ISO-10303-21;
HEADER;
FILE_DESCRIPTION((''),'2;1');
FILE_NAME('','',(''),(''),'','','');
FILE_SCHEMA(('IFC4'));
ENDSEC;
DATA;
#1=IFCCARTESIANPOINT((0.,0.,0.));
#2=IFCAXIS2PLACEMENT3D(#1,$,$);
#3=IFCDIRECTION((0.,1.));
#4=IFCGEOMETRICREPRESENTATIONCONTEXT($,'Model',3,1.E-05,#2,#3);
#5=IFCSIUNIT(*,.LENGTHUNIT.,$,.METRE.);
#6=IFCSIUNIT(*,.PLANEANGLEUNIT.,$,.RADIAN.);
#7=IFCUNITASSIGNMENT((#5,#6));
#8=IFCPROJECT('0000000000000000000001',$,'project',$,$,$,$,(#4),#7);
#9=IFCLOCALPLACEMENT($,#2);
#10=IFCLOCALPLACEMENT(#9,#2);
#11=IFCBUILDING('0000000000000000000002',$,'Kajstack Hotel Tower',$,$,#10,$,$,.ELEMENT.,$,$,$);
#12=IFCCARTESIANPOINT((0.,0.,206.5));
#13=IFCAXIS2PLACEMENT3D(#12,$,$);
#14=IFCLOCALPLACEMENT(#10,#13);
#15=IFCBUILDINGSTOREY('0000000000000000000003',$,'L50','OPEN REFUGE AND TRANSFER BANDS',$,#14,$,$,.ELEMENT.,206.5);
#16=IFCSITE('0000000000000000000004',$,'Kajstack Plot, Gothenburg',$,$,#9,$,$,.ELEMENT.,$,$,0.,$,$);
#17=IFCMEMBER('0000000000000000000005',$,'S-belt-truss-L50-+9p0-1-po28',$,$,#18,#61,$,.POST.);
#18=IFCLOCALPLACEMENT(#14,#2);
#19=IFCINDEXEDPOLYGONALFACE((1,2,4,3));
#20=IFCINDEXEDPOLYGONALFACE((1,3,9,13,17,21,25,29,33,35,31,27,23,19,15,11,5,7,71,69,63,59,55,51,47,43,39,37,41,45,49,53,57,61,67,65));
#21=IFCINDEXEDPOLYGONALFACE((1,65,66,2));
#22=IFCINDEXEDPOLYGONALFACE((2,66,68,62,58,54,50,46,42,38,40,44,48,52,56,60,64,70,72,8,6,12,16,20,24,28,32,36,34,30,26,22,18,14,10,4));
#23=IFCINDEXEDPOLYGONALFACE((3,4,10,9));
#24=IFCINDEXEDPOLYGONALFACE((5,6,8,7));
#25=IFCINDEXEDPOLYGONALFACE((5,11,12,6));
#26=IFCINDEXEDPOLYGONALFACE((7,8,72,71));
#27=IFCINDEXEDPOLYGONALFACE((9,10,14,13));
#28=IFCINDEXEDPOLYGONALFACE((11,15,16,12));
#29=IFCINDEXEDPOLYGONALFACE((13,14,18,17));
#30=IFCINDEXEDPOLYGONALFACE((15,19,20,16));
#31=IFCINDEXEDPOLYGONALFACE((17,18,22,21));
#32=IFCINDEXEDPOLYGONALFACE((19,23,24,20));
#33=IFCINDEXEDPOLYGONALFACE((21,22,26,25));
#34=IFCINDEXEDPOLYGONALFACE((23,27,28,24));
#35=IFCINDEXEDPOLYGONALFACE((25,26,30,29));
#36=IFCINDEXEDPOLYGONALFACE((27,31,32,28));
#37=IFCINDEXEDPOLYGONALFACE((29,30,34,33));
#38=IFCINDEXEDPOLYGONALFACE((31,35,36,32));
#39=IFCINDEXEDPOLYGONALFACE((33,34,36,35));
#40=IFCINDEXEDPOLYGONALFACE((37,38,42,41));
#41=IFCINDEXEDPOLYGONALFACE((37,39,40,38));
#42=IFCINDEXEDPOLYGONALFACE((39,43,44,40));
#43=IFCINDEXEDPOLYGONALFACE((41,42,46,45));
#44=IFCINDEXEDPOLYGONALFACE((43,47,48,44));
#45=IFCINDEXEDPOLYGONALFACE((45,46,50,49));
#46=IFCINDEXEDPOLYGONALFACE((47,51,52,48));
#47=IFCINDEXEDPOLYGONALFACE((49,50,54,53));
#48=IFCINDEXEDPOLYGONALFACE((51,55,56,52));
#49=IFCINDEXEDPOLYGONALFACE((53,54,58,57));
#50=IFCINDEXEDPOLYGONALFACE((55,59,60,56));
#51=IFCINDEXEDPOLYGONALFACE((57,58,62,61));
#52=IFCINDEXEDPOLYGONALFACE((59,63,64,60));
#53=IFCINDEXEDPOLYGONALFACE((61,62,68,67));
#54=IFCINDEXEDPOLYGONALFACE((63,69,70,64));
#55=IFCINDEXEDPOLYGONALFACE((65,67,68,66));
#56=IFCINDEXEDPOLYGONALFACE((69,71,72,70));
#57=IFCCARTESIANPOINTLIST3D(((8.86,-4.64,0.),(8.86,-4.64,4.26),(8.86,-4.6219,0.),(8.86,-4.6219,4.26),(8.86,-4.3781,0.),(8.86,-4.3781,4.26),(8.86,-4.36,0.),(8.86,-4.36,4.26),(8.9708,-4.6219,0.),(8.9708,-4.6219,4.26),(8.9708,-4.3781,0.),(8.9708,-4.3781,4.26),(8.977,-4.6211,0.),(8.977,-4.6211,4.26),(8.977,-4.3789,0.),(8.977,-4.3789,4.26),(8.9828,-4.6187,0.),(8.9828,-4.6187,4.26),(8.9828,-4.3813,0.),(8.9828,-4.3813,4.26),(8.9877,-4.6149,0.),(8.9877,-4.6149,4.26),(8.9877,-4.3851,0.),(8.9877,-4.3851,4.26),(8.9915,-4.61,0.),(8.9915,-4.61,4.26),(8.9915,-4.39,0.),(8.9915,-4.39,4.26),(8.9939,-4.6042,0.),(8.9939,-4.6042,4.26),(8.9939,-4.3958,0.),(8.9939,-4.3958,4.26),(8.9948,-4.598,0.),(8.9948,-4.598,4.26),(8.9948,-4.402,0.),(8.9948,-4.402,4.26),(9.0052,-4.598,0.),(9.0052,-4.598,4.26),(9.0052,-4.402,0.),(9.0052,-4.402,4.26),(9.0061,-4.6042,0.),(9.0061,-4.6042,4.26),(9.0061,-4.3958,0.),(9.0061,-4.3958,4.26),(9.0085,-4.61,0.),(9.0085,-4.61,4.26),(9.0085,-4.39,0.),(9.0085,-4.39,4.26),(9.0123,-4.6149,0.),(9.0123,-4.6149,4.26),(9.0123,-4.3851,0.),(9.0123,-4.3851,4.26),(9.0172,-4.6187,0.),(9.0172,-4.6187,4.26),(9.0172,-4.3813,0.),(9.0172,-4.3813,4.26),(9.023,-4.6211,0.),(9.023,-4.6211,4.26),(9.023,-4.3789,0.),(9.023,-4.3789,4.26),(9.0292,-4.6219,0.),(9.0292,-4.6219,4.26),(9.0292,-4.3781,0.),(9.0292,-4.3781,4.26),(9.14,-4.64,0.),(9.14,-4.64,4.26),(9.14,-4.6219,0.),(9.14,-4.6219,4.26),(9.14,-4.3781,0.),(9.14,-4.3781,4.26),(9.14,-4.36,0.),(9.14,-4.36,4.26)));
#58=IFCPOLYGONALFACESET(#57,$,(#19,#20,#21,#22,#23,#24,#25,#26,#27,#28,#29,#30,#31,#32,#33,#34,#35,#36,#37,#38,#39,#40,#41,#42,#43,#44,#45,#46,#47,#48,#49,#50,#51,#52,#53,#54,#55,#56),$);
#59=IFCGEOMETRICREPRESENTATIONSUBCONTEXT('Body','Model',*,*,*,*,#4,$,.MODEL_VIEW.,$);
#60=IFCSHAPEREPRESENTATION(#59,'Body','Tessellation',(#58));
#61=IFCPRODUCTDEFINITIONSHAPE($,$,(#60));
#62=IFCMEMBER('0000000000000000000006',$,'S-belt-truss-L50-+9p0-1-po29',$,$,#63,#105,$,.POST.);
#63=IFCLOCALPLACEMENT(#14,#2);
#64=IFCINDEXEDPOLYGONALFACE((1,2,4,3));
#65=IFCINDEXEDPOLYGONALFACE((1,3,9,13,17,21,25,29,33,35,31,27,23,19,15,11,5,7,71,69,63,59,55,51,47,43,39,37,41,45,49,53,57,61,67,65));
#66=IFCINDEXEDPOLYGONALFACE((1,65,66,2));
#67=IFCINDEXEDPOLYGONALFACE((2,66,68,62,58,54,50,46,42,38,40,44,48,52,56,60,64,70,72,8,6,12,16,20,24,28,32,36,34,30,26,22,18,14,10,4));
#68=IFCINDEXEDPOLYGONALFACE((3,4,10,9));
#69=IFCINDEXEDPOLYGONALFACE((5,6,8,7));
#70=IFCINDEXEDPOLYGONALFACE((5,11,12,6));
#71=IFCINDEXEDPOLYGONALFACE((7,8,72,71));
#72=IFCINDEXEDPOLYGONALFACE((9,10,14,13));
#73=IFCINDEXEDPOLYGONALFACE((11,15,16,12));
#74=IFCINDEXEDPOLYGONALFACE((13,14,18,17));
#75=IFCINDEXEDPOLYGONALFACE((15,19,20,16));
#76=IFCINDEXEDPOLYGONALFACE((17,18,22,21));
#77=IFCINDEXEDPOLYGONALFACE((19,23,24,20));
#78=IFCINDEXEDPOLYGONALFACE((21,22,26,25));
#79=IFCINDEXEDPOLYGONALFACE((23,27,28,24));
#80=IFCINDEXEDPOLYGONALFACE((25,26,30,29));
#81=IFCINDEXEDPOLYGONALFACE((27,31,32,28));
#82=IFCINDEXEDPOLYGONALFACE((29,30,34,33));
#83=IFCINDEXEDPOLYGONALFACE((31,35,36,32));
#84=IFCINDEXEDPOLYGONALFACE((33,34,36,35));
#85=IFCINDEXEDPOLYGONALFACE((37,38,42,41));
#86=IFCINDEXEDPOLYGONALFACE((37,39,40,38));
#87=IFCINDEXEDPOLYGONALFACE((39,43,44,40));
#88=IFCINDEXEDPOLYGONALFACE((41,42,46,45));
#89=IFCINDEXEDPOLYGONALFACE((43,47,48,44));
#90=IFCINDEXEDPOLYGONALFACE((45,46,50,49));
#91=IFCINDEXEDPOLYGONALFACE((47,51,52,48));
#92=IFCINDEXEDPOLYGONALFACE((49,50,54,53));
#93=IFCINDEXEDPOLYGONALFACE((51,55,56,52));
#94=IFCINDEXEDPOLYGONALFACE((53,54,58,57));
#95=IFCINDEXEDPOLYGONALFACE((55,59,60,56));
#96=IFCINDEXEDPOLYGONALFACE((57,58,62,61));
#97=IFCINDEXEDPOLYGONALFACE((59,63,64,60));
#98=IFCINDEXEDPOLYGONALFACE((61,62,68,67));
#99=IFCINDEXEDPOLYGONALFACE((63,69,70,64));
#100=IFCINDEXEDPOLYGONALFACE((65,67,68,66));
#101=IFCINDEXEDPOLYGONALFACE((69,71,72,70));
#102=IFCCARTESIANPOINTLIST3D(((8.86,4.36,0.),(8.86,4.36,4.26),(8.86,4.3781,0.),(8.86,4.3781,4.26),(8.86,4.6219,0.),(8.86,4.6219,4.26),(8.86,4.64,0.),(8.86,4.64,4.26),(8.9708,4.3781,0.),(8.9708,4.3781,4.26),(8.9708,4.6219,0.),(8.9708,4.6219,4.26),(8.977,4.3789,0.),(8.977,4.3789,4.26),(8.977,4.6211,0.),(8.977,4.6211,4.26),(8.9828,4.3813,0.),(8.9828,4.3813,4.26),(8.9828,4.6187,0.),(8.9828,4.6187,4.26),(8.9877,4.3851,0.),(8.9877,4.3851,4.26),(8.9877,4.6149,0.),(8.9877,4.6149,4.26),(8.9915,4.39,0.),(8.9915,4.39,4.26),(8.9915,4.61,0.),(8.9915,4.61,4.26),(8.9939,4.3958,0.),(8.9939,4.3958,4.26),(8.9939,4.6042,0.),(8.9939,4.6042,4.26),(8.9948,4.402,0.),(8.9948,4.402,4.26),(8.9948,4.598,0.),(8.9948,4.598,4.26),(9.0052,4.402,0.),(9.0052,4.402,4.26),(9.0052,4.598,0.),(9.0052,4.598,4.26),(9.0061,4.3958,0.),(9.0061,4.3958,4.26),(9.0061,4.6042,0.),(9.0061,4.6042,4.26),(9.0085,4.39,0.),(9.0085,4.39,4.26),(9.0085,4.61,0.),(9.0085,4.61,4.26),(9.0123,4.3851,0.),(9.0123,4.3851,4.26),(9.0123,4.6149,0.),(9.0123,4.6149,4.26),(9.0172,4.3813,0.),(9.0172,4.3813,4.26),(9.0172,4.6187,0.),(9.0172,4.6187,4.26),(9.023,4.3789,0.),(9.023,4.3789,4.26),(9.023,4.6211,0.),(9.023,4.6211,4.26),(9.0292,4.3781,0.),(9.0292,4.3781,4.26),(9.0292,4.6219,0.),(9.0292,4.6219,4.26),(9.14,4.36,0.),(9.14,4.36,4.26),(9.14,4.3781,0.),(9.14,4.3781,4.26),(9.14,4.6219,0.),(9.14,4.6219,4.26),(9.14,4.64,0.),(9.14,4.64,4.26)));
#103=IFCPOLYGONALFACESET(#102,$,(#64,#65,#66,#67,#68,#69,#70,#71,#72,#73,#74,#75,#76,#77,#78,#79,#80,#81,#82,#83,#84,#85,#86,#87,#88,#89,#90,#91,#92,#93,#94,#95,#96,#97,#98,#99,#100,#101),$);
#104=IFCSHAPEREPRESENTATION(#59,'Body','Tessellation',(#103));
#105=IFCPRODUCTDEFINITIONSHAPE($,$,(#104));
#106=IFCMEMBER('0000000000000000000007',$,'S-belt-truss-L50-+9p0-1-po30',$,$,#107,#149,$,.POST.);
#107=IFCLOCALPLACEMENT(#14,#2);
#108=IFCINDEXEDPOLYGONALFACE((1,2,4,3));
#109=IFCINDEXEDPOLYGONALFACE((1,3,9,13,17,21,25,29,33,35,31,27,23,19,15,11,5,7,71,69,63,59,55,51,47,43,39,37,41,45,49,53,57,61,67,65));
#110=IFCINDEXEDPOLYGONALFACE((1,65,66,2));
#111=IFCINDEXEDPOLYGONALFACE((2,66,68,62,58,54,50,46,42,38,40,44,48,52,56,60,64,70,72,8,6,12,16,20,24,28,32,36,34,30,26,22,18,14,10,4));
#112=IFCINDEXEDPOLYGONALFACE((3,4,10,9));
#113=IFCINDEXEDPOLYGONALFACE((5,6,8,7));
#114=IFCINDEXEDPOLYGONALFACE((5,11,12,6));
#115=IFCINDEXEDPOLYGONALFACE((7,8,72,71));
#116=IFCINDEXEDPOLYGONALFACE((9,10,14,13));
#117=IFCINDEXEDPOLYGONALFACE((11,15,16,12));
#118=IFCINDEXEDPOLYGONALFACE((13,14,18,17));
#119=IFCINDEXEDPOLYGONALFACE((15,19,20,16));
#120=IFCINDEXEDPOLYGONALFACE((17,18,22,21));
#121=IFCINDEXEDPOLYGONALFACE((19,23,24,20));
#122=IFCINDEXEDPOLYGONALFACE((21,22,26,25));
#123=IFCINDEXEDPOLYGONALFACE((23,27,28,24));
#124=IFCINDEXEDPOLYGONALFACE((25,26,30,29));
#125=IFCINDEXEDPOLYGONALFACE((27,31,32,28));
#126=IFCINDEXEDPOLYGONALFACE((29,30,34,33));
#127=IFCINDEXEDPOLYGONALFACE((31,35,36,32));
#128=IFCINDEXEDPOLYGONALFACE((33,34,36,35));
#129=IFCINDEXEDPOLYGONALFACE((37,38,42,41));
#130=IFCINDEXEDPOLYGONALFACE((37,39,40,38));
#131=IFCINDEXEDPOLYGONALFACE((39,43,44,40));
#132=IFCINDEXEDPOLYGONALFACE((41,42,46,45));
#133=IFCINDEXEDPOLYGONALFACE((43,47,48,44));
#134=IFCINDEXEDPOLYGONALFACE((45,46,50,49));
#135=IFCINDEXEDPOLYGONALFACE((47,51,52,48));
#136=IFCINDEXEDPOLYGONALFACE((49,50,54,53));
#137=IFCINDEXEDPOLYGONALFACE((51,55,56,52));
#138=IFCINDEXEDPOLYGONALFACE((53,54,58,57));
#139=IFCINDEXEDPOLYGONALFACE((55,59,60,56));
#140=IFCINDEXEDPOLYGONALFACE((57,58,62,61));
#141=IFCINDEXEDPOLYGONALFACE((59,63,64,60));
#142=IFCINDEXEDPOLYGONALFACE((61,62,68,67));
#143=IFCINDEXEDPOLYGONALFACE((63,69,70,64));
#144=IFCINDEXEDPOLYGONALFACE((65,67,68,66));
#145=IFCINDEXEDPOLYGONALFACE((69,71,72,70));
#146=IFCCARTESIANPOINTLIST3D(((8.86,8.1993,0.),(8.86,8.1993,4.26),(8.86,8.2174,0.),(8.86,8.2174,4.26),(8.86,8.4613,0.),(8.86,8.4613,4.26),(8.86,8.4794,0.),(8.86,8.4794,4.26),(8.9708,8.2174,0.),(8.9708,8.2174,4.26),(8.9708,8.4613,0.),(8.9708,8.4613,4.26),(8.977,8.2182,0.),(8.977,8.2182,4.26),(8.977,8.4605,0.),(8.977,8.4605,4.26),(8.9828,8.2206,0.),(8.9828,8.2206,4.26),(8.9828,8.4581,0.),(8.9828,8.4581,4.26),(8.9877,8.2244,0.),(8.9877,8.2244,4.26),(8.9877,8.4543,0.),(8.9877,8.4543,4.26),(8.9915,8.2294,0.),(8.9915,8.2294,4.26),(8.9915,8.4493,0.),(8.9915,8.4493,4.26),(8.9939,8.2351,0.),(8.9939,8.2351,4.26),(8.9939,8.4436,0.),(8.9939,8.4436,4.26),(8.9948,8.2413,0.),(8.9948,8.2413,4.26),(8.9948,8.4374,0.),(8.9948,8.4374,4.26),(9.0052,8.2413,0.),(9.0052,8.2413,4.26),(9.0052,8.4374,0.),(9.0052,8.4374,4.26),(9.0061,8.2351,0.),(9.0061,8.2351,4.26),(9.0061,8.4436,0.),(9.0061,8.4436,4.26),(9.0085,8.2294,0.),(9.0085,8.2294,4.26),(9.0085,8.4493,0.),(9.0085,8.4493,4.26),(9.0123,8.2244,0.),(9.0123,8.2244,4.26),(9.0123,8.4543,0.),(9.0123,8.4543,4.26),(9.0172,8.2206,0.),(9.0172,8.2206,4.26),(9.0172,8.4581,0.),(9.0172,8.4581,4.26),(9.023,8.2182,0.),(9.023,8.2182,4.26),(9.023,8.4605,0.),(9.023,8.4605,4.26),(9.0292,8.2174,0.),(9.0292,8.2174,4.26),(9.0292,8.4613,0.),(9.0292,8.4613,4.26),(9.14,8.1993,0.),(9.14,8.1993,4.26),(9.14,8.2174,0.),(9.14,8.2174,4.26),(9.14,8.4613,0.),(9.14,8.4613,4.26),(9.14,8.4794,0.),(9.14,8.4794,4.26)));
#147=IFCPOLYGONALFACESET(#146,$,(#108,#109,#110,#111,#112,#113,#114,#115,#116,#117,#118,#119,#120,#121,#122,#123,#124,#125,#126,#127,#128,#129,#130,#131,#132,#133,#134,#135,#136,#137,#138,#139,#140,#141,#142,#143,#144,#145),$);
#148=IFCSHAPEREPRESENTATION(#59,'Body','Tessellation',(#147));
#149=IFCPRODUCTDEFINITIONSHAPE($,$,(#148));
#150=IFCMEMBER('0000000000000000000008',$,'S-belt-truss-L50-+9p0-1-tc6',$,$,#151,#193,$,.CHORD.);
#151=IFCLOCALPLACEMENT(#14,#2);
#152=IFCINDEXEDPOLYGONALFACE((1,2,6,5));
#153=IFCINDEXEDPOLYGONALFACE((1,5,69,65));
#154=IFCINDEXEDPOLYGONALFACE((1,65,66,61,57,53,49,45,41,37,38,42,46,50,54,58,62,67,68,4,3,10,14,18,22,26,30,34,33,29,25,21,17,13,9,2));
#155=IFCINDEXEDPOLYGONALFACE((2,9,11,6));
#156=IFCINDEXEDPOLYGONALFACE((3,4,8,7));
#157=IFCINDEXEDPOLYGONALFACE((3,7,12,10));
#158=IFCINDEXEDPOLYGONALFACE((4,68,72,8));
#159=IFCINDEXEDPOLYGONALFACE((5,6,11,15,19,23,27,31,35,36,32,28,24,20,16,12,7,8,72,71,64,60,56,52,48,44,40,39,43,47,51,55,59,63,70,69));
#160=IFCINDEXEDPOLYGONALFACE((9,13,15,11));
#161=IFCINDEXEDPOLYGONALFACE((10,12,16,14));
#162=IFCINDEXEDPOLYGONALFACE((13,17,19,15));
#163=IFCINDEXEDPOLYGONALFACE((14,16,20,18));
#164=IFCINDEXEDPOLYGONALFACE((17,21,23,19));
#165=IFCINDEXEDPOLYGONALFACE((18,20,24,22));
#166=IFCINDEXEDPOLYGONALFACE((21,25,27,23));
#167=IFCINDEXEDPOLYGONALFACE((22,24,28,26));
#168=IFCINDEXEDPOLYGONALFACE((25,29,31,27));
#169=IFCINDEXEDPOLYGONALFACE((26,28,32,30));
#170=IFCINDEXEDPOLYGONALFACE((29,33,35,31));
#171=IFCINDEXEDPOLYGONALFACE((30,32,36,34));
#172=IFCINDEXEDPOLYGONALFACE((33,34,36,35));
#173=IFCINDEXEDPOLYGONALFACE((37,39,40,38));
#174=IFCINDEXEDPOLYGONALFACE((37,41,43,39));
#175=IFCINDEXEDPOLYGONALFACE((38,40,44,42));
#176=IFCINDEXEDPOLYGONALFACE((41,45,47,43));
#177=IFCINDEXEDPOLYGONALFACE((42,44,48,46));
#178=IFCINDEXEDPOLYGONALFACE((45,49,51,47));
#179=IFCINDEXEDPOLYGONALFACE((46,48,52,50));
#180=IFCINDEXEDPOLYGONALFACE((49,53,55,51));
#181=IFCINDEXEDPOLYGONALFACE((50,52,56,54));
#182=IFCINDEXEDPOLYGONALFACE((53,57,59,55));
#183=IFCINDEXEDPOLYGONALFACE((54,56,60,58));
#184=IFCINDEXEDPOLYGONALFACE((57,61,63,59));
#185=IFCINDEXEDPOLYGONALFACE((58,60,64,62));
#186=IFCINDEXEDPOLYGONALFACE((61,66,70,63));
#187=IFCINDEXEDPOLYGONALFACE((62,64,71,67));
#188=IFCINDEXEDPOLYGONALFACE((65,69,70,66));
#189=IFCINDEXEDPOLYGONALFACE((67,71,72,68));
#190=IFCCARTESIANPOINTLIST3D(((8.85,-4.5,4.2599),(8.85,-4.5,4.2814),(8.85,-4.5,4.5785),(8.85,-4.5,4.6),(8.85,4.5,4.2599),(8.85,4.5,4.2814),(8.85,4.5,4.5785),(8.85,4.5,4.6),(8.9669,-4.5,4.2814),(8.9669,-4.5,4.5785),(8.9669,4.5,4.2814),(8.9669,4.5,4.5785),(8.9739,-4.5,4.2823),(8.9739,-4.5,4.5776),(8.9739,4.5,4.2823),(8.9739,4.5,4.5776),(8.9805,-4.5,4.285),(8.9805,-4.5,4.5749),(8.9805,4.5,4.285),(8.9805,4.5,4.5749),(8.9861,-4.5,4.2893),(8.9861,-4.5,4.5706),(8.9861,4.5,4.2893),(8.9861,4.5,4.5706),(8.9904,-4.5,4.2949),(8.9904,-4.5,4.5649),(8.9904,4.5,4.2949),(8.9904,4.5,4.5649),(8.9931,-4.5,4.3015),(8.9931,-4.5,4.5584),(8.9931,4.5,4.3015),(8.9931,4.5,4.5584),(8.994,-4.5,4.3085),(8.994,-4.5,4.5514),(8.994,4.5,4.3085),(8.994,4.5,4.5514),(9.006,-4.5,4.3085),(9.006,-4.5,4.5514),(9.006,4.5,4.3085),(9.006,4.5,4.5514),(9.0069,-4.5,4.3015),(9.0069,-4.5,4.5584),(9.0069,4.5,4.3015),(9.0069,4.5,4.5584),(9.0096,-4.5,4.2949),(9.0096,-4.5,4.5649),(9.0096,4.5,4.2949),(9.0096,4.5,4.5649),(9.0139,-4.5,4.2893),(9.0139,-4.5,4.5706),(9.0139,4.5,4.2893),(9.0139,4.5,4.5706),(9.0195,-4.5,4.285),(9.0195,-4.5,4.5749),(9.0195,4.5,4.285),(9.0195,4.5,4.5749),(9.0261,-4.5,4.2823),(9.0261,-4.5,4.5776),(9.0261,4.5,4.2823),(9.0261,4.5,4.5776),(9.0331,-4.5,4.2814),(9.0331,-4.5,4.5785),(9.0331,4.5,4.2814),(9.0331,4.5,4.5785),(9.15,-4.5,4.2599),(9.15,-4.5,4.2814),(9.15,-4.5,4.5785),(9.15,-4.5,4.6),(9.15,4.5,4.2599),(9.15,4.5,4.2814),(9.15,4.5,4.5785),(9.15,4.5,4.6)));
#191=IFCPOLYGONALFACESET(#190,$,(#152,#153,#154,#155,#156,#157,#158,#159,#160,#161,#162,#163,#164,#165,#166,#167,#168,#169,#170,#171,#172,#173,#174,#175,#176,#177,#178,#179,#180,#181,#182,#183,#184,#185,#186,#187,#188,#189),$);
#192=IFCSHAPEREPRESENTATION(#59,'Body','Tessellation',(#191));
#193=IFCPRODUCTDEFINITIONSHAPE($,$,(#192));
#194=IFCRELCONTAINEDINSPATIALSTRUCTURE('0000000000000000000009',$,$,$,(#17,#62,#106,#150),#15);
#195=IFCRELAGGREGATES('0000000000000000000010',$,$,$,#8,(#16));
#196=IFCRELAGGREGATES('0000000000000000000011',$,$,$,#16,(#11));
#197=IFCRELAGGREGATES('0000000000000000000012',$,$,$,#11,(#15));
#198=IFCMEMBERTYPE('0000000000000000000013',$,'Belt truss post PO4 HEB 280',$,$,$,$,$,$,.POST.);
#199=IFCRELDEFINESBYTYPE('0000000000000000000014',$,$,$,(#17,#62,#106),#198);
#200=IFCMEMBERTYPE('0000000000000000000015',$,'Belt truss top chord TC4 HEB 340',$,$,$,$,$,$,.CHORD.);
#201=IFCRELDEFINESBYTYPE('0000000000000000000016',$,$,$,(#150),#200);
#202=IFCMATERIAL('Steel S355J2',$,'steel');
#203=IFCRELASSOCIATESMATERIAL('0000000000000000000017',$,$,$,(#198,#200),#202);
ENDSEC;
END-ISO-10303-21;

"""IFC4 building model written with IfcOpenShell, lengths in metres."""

from ifc_helpers import new_model, si_unit, direction, frame, origin, origin_2d, place, context, subcontext, project, spatial, i_section, extrude, material, material_profile, profile_set, type_object, element, save


model = new_model("IFC4")

# Units and contexts
model_context = context("Model", 3, precision=1e-05, world=origin(), true_north=direction((0.0, 1.0)))
body_context = subcontext(model_context, "Body", "Model", "MODEL_VIEW")
ifc_project = project(units=[si_unit("LENGTHUNIT", "METRE"), si_unit("PLANEANGLEUNIT", "RADIAN")], contexts=[model_context])

# Site, building, storey
site_placement = place(None, origin())
site = spatial("IfcSite", under=ifc_project, at=site_placement, Name="Kajstack Plot, Gothenburg", CompositionType="ELEMENT", RefElevation=0.0)
building_placement = place(site_placement, origin())
building = spatial("IfcBuilding", under=site, at=building_placement, Name="Kajstack Hotel Tower", CompositionType="ELEMENT")
storey_placement = place(building_placement, frame((0.0, 0.0, 206.5)))
storey = spatial("IfcBuildingStorey", under=building, at=storey_placement, Name="L50", Description="OPEN REFUGE AND TRANSFER BANDS", CompositionType="ELEMENT", Elevation=206.5)

# Members
ifc_material_1 = material(Name="Steel S355J2", Category="steel")
ifc_material_profile_1 = material_profile(ifc_material_1, i_section(OverallWidth=0.28, OverallDepth=0.28, WebThickness=0.0105, FlangeThickness=0.0181, FilletRadius=0.0239, at=origin_2d()), Name="HEB 280")
ifc_profile_set_1 = profile_set([ifc_material_profile_1], Name="Steel S355J2")
member_type_1 = type_object("IfcMemberType", Name="Belt truss post PO4 HEB 280", PredefinedType="POST", material=ifc_profile_set_1)
for number, where, z_axis, x_axis, name in (
    (1, (9.0, -4.5, 0.0), (0.0, 0.0, 1.0), (1.0, 0.0, 0.0), "S-belt-truss-L50-+9p0-1-po28"),
    (2, (9.0, 4.5, 0.0), (0.0, 0.0, 1.0), (1.0, 0.0, 0.0), "S-belt-truss-L50-+9p0-1-po29"),
    (3, (9.0, 8.3394, 0.0), (0.0, 0.0, 1.0), (1.0, 0.0, 0.0), "S-belt-truss-L50-+9p0-1-po30"),
):
    element("IfcMember", number, at=place(storey_placement, frame(where, z_axis=z_axis, x_axis=x_axis)), inside=storey, type_object=member_type_1, Name=name, PredefinedType="POST", context=body_context, shape_type="SweptSolid", body=[
        extrude(i_section(OverallWidth=0.28, OverallDepth=0.28, WebThickness=0.0105, FlangeThickness=0.0181, FilletRadius=0.0239, at=origin_2d()), origin(), (0.0, 0.0, 1.0), 4.26),
    ])
ifc_material_profile_2 = material_profile(ifc_material_1, i_section(OverallWidth=0.3, OverallDepth=0.3401, WebThickness=0.012, FlangeThickness=0.0215, FilletRadius=0.0271, at=origin_2d()), Name="HEB 340")
ifc_profile_set_2 = profile_set([ifc_material_profile_2], Name="Steel S355J2")
member_type_2 = type_object("IfcMemberType", Name="Belt truss top chord TC4 HEB 340", PredefinedType="CHORD", material=ifc_profile_set_2)
member_1_placement = place(storey_placement, frame((9.0, -4.5, 4.4299), z_axis=(0.0, 1.0, 0.0), x_axis=(-1.0, 0.0, 0.0)))
element("IfcMember", 4, at=member_1_placement, inside=storey, type_object=member_type_2, Name="S-belt-truss-L50-+9p0-1-tc6", PredefinedType="CHORD", context=body_context, shape_type="SweptSolid", body=[
    extrude(i_section(OverallWidth=0.3, OverallDepth=0.3401, WebThickness=0.012, FlangeThickness=0.0215, FilletRadius=0.0271, at=origin_2d()), origin(), (0.0, 0.0, 1.0), 9.0),
])

save(model, "model.ifc")
